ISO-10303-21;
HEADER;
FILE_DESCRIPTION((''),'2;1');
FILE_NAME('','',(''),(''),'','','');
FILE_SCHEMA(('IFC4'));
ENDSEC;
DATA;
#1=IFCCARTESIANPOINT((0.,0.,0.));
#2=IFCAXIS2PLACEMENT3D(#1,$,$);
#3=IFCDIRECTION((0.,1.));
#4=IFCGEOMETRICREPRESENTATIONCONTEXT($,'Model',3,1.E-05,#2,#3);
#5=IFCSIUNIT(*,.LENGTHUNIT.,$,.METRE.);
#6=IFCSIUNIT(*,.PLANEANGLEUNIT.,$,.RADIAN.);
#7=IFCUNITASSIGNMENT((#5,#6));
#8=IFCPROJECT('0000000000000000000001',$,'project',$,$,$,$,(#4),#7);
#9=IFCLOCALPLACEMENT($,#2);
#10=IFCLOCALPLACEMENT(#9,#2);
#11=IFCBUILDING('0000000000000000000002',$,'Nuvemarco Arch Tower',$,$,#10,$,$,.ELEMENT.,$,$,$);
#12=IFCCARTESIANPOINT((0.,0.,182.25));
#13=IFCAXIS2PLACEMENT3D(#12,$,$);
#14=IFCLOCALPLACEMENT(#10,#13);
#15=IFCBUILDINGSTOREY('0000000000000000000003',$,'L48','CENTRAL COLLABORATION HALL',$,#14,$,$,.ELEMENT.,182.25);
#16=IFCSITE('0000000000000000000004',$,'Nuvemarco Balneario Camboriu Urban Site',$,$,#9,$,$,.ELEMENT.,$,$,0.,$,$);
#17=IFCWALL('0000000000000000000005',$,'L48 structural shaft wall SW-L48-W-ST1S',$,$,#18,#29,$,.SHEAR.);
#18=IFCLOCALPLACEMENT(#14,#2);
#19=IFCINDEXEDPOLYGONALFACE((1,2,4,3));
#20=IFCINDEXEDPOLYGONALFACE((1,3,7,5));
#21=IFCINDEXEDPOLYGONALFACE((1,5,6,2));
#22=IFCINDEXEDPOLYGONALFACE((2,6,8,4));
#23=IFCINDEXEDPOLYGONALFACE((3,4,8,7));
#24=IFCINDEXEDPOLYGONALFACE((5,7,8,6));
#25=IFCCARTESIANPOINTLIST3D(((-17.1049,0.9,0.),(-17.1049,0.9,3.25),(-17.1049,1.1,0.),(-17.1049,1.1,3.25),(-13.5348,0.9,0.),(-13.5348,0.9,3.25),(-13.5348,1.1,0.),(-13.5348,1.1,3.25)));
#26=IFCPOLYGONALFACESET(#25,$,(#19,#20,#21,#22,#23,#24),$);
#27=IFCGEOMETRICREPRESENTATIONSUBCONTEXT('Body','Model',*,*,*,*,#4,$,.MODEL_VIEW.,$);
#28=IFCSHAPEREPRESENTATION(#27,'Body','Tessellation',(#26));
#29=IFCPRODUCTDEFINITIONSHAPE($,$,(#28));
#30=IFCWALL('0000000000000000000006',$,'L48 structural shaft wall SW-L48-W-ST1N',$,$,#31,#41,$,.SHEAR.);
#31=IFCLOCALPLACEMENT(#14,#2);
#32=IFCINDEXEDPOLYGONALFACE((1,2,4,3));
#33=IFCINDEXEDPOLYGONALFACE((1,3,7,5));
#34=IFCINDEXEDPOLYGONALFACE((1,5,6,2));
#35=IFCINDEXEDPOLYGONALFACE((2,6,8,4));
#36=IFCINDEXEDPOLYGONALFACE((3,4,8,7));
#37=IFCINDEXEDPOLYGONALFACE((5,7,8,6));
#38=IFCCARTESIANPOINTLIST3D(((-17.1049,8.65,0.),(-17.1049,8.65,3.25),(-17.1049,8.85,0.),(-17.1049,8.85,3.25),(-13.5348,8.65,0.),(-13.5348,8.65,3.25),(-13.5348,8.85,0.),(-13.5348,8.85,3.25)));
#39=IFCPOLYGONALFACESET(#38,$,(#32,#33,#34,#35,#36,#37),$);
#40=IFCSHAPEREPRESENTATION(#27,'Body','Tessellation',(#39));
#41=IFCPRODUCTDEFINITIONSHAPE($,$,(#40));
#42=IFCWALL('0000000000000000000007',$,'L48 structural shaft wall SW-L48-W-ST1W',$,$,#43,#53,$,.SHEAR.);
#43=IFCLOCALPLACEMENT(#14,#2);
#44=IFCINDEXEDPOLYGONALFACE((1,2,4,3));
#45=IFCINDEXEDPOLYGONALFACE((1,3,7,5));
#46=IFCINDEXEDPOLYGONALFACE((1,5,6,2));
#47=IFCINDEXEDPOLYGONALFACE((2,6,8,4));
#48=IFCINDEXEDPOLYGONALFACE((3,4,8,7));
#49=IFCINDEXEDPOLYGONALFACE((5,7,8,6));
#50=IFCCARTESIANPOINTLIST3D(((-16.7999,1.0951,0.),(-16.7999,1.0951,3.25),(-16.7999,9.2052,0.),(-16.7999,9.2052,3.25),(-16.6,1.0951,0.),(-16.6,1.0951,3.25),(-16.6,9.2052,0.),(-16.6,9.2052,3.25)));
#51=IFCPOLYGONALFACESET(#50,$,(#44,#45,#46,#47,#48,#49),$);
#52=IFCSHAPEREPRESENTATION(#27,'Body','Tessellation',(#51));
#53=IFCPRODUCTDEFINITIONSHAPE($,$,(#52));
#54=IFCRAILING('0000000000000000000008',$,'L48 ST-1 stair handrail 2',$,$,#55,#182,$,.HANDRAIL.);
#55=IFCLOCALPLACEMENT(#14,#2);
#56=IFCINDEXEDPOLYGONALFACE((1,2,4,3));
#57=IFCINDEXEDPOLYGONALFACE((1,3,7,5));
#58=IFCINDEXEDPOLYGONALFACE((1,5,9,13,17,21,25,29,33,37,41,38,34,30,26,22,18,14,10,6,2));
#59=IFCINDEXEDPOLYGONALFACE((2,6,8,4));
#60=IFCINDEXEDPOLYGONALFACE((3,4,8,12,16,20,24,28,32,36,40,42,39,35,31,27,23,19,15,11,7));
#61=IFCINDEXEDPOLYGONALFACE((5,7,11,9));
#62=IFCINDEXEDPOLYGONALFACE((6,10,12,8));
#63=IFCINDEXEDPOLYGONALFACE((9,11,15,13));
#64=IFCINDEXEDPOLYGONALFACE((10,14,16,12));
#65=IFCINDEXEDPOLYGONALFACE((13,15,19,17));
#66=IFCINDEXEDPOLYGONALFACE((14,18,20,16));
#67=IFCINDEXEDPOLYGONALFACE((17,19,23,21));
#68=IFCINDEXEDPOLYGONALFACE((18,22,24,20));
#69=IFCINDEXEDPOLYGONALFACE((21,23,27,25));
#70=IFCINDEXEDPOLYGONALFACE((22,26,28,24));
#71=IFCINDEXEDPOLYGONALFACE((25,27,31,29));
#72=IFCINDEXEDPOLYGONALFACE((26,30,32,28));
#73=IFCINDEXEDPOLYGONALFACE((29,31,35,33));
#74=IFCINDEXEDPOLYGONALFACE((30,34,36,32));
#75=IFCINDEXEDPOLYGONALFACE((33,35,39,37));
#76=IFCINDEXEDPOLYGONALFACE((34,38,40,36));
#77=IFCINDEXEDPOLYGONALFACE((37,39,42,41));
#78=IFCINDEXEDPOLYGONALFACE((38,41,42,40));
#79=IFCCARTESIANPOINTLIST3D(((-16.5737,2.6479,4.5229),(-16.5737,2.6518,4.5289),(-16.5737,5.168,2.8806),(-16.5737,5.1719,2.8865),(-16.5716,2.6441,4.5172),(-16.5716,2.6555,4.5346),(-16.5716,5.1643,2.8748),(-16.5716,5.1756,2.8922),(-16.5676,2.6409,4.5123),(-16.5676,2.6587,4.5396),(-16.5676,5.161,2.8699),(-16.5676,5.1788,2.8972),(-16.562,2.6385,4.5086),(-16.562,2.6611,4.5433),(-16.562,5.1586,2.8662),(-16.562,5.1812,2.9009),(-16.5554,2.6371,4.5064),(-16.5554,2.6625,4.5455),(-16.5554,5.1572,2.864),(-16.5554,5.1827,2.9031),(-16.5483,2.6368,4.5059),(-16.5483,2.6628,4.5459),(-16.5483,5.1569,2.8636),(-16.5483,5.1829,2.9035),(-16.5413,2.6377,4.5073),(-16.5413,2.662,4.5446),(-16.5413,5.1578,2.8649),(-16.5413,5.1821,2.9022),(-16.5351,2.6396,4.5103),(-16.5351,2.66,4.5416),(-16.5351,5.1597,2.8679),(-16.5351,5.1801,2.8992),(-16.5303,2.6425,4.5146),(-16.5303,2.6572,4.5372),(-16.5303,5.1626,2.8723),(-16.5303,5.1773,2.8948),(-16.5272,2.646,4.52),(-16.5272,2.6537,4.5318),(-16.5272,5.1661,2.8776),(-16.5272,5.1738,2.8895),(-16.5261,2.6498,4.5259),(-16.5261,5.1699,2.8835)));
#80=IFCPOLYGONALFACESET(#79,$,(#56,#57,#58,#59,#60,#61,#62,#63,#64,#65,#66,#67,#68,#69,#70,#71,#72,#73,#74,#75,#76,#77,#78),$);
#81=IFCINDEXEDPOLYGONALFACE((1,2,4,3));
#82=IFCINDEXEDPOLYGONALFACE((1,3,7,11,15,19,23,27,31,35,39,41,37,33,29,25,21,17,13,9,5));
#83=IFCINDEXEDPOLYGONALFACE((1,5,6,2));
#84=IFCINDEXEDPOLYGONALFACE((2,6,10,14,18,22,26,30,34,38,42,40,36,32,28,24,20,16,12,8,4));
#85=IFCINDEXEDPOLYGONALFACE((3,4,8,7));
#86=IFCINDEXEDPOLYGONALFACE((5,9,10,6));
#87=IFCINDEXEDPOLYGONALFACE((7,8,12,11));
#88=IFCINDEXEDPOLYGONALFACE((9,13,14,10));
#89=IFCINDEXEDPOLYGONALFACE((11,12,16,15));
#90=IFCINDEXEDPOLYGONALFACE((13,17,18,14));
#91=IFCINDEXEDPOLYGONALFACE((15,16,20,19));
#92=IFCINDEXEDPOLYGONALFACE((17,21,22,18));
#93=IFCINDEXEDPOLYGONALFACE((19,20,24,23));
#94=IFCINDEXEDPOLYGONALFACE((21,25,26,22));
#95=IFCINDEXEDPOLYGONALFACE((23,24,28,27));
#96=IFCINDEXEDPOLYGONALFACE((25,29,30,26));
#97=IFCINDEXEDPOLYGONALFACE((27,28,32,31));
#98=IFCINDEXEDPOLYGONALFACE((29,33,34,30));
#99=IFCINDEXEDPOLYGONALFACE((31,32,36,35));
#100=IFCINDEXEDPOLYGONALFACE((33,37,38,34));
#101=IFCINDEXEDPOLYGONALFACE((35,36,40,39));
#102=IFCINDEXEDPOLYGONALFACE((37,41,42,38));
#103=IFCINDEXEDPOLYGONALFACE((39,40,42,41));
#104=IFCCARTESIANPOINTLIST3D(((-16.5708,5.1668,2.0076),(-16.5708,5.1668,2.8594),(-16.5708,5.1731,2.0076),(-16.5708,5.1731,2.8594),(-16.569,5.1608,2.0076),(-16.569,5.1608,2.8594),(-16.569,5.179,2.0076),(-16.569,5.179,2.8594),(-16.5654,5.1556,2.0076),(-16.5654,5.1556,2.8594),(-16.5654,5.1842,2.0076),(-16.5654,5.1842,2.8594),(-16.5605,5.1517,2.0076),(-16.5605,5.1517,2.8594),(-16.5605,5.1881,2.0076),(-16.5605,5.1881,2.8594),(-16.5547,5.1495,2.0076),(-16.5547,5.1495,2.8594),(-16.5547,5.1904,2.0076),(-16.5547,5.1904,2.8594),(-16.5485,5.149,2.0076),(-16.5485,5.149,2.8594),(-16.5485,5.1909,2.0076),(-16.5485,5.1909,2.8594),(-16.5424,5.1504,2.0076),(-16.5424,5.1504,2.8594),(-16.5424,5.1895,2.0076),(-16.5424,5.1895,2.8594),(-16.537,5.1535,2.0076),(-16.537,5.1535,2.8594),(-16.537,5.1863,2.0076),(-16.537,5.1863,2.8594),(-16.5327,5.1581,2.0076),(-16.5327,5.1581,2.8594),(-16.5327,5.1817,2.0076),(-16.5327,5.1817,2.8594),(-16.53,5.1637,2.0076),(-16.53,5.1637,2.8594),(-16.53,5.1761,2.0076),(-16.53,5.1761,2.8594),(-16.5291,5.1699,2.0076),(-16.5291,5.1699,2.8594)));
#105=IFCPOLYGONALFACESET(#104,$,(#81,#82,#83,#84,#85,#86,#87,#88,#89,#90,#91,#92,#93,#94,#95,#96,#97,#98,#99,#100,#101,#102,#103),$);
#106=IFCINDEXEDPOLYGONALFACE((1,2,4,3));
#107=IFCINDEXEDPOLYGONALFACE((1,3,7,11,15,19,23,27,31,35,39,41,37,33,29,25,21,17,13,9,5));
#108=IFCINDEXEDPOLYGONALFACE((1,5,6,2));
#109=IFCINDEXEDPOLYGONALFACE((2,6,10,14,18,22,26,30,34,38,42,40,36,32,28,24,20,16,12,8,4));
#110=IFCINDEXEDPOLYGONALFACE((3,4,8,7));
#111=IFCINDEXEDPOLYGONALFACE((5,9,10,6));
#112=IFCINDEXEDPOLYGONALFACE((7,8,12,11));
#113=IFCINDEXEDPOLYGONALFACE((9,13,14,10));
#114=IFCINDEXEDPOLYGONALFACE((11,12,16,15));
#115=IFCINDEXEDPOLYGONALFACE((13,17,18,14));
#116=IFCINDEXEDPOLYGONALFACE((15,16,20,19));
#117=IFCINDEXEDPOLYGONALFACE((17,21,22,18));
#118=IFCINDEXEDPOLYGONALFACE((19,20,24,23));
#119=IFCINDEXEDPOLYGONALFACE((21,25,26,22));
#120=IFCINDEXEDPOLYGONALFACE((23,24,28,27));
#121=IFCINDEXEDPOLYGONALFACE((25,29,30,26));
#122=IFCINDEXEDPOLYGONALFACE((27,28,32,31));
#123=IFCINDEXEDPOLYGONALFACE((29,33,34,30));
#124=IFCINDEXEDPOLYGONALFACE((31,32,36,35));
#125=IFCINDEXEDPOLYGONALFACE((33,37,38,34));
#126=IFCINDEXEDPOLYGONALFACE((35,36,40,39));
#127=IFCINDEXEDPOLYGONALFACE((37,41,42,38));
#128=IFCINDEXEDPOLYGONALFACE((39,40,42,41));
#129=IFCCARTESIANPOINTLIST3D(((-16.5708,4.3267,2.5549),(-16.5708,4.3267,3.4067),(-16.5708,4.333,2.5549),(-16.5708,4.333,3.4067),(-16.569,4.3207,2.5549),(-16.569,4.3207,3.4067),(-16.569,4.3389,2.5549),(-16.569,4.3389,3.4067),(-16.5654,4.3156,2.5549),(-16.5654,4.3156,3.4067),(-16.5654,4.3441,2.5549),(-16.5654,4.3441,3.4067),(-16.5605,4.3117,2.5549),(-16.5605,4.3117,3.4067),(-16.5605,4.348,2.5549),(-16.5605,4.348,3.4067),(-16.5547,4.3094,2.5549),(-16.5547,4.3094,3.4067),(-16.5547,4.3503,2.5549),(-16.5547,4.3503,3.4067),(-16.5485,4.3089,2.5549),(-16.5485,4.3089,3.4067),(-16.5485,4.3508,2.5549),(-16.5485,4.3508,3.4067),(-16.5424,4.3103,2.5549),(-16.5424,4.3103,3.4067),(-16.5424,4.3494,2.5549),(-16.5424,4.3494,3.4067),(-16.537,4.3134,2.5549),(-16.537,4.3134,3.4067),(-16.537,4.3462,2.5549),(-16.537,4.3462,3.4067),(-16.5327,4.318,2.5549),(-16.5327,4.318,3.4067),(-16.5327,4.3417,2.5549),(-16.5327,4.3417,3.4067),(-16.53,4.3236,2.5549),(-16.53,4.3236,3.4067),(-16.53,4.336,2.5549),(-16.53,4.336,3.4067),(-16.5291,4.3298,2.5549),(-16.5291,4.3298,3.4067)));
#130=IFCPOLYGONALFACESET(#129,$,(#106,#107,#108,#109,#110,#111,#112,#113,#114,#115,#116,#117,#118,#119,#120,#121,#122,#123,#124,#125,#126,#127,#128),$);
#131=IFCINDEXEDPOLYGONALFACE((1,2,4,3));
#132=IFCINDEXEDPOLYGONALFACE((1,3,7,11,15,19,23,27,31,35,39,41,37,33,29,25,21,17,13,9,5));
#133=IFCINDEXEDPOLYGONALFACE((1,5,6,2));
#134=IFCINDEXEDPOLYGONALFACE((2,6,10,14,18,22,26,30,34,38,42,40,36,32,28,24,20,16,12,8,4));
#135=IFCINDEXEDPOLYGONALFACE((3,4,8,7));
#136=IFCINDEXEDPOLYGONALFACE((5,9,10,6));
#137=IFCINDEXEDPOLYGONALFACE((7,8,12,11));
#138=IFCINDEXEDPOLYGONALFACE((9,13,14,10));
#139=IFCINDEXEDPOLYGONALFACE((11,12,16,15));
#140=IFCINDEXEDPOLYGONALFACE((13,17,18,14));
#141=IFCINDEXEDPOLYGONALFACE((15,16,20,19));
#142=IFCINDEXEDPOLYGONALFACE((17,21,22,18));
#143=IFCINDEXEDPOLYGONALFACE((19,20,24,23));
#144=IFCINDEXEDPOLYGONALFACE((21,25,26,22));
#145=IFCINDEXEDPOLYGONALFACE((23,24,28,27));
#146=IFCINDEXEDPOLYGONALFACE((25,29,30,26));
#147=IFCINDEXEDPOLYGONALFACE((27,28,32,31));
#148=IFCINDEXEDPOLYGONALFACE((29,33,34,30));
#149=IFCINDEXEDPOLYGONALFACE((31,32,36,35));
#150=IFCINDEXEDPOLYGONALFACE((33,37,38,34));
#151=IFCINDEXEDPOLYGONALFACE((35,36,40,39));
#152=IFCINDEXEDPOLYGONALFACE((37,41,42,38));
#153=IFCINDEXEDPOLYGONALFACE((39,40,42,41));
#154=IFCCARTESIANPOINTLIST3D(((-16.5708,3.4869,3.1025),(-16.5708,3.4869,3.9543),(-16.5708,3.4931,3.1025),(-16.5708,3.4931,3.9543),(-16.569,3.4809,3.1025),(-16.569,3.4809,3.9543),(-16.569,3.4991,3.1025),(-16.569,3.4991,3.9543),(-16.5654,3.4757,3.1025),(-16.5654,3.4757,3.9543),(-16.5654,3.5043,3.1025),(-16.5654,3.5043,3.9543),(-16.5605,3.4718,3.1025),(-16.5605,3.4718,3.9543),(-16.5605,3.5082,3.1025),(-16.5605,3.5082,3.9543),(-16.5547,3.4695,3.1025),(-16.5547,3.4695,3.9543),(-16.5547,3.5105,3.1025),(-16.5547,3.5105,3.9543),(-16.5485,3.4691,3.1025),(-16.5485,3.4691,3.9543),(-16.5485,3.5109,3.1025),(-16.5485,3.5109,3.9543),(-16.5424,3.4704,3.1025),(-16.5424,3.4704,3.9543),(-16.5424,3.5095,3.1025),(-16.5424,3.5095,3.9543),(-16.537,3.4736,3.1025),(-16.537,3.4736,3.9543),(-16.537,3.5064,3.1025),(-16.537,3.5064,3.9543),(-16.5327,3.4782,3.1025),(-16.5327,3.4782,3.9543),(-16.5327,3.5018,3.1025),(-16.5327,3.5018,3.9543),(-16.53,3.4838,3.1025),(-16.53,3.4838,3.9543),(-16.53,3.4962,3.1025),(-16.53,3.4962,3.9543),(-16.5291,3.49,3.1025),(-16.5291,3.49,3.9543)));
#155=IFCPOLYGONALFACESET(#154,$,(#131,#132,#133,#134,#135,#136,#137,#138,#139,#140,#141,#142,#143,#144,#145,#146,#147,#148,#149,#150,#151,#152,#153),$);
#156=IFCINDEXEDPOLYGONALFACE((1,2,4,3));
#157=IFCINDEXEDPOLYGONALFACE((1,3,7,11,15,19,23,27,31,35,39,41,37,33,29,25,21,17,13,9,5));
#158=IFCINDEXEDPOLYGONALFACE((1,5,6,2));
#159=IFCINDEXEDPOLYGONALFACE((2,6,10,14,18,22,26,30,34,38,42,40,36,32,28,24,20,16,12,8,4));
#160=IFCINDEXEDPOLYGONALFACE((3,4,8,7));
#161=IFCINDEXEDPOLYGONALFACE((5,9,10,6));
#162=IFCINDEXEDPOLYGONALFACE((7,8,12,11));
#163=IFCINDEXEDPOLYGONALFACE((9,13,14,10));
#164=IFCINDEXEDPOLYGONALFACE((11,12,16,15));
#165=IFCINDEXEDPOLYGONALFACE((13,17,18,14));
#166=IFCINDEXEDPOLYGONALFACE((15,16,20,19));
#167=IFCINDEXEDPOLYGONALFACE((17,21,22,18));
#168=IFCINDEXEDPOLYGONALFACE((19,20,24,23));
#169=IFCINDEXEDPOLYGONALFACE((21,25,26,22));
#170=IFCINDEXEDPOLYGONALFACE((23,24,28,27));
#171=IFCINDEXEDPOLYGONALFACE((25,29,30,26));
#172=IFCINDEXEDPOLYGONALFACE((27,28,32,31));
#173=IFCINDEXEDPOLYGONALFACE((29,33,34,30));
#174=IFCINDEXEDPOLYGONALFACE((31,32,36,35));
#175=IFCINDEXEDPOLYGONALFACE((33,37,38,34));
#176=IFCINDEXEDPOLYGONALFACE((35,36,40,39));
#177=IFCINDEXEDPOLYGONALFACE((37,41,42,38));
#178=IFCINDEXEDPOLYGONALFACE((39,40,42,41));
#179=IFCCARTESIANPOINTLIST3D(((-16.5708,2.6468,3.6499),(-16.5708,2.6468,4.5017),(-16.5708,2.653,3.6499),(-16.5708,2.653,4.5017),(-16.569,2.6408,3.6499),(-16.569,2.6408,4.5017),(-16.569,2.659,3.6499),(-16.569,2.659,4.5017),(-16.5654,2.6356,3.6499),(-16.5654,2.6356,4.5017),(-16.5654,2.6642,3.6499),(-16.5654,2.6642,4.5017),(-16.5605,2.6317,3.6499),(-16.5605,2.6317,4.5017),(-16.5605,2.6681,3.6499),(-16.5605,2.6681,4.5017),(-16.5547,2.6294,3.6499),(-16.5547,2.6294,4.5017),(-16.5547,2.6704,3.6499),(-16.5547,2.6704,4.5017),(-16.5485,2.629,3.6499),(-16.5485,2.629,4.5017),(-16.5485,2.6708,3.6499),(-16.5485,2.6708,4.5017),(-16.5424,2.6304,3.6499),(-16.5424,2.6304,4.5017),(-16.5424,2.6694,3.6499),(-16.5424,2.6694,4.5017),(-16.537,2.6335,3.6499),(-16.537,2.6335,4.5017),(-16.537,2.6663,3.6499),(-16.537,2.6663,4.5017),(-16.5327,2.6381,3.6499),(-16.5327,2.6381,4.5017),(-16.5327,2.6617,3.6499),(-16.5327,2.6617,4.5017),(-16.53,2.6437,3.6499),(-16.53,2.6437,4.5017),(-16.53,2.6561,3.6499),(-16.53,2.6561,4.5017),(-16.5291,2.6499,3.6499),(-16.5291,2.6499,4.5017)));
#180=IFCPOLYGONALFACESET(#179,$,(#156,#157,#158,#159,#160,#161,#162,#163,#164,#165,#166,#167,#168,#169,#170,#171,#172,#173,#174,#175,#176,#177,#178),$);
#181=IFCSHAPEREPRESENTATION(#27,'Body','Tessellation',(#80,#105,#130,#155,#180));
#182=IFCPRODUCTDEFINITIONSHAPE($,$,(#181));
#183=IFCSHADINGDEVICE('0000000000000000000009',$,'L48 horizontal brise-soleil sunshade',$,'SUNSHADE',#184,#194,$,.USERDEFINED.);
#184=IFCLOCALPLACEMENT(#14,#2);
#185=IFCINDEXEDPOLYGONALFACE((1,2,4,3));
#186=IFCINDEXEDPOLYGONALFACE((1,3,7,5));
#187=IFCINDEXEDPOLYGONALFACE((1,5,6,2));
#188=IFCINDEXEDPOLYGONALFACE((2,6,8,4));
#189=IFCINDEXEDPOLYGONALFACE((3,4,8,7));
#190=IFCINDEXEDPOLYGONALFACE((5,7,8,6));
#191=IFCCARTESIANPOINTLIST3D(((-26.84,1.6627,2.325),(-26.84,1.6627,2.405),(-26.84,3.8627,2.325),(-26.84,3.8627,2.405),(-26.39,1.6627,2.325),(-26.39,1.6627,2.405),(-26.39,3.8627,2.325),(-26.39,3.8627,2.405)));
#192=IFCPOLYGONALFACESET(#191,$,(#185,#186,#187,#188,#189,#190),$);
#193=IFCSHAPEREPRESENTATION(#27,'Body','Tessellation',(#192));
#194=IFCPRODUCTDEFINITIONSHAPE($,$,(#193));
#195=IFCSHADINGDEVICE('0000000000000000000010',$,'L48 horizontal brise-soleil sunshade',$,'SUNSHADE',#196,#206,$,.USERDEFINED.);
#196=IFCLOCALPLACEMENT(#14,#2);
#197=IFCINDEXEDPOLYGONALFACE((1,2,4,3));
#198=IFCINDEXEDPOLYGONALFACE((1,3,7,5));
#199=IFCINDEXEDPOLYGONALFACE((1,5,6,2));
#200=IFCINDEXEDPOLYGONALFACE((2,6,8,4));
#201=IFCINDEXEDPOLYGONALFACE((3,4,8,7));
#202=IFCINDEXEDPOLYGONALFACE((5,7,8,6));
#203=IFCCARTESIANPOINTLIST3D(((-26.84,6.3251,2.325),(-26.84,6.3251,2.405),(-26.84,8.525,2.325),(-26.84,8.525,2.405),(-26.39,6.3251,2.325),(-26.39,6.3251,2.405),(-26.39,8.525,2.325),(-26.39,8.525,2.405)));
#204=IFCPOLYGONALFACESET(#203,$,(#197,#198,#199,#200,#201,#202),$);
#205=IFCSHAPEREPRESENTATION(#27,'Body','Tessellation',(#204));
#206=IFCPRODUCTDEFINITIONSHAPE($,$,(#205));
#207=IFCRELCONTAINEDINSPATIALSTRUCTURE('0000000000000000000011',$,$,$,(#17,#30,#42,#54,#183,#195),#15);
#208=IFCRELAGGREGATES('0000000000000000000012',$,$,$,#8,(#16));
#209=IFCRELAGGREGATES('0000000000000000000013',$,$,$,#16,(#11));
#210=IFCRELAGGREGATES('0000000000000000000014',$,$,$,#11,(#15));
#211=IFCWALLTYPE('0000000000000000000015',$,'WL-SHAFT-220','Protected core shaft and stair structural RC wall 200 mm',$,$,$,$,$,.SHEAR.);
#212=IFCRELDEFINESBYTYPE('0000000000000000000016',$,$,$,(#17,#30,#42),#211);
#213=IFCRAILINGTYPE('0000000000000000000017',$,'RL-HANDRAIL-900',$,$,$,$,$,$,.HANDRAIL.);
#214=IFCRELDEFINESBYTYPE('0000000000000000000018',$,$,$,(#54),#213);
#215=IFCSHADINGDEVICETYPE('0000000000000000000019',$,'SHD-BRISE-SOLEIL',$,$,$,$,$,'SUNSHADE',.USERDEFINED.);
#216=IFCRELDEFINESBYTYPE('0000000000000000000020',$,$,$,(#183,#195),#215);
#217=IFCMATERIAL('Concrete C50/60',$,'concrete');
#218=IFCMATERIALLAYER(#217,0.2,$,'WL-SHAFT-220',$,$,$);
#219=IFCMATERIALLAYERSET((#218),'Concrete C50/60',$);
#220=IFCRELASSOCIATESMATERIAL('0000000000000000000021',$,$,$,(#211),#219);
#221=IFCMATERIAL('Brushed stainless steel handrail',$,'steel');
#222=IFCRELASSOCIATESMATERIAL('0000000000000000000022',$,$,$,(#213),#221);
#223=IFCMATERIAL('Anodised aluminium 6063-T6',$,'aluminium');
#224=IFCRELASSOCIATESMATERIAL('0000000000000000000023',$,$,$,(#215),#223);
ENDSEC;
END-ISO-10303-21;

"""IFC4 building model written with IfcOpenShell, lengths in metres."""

from ifc_helpers import new_model, si_unit, direction, frame, frame_2d, origin, origin_2d, place, context, subcontext, project, spatial, rectangle, circle, extrude, source, transform, mapped, material, layer, layer_set, type_object, type_shapes, element, save


model = new_model("IFC4")

# Units and contexts
model_context = context("Model", 3, precision=1e-05, world=origin(), true_north=direction((0.0, 1.0)))
body_context = subcontext(model_context, "Body", "Model", "MODEL_VIEW")
ifc_project = project(units=[si_unit("LENGTHUNIT", "METRE"), si_unit("PLANEANGLEUNIT", "RADIAN")], contexts=[model_context])

# Site, building, storey
site_placement = place(None, origin())
site = spatial("IfcSite", under=ifc_project, at=site_placement, Name="Nuvemarco Balneario Camboriu Urban Site", CompositionType="ELEMENT", RefElevation=0.0)
building_placement = place(site_placement, origin())
building = spatial("IfcBuilding", under=site, at=building_placement, Name="Nuvemarco Arch Tower", CompositionType="ELEMENT")
storey_placement = place(building_placement, frame((0.0, 0.0, 182.25)))
storey = spatial("IfcBuildingStorey", under=building, at=storey_placement, Name="L48", Description="CENTRAL COLLABORATION HALL", CompositionType="ELEMENT", Elevation=182.25)

# Shared definitions
ifc_material_1 = material(Name="Concrete C50/60", Category="concrete")

# Walls
ifc_layer_1 = layer(ifc_material_1, 0.2, Name="WL-SHAFT-220")
ifc_layer_set_1 = layer_set([ifc_layer_1], Name="Concrete C50/60")
wall_type_1 = type_object("IfcWallType", Name="WL-SHAFT-220", Description="Protected core shaft and stair structural RC wall 200 mm", PredefinedType="SHEAR", material=ifc_layer_set_1)
for number, where, z_axis, x_axis, name in (
    (1, (-17.105, 1.0, 0.0), (0.0, 0.0, 1.0), (1.0, 0.0, 0.0), "L48 structural shaft wall SW-L48-W-ST1S"),
    (2, (-17.105, 8.75, 0.0), (0.0, 0.0, 1.0), (1.0, 0.0, 0.0), "L48 structural shaft wall SW-L48-W-ST1N"),
):
    element("IfcWall", number, at=place(storey_placement, frame(where, z_axis=z_axis, x_axis=x_axis)), inside=storey, type_object=wall_type_1, Name=name, PredefinedType="SHEAR", context=body_context, shape_type="SweptSolid", body=[
        extrude(rectangle(XDim=3.5701, YDim=0.2, at=frame_2d((1.7852, 0.0))), origin(), (0.0, 0.0, 1.0), 3.25),
    ])
wall_1_placement = place(storey_placement, frame((-16.7, 1.095, 0.0), z_axis=(0.0, 0.0, 1.0), x_axis=(0.0, 1.0, 0.0)))
element("IfcWall", 3, at=wall_1_placement, inside=storey, type_object=wall_type_1, Name="L48 structural shaft wall SW-L48-W-ST1W", PredefinedType="SHEAR", context=body_context, shape_type="SweptSolid", body=[
    extrude(rectangle(XDim=8.1101, YDim=0.2, at=frame_2d((4.0552, 0.0))), origin(), (0.0, 0.0, 1.0), 3.25),
])

# Railing
ifc_material_2 = material(Name="Brushed stainless steel handrail", Category="steel")
railing_type = type_object("IfcRailingType", Name="RL-HANDRAIL-900", PredefinedType="HANDRAIL", material=ifc_material_2)
railing_placement = place(storey_placement, frame((-16.55, 5.1699, 2.0076)))
element("IfcRailing", 4, at=railing_placement, inside=storey, type_object=railing_type, Name="L48 ST-1 stair handrail 2", PredefinedType="HANDRAIL", context=body_context, shape_type="SweptSolid", body=[
    extrude(circle(Radius=0.0239, at=origin_2d()), frame((0.0, 0.0, 0.876), z_axis=(0.0, -0.837787, 0.545998), x_axis=(1.0, 0.0, 0.0)), (0.0, 0.0, 1.0), 3.0081),
    extrude(circle(Radius=0.021, at=origin_2d()), origin(), (0.0, 0.0, 1.0), 0.8518),
    extrude(circle(Radius=0.021, at=origin_2d()), frame((0.0, -0.8401, 0.5474)), (0.0, 0.0, 1.0), 0.8518),
    extrude(circle(Radius=0.021, at=origin_2d()), frame((0.0, -1.6799, 1.095)), (0.0, 0.0, 1.0), 0.8518),
    extrude(circle(Radius=0.021, at=origin_2d()), frame((0.0, -2.52, 1.6423)), (0.0, 0.0, 1.0), 0.8518),
])

# Shading devices
ifc_material_3 = material(Name="Anodised aluminium 6063-T6", Category="aluminium")
shading_device_type = type_object("IfcShadingDeviceType", Name="SHD-BRISE-SOLEIL", ElementType="SUNSHADE", PredefinedType="USERDEFINED", material=ifc_material_3)
shared_shape = source(origin(), body_context, "Body", "SweptSolid", [
    extrude(rectangle(XDim=2.2, YDim=0.45, at=origin_2d()), origin(), (0.0, 0.0, 1.0), 0.0801),
])
type_shapes(shading_device_type, [shared_shape])
for number, where, z_axis, x_axis, name in (
    (5, (-26.615, 2.7627, 2.325), (0.0, 0.0, 1.0), (0.0, 1.0, 0.0), "L48 horizontal brise-soleil sunshade"),
    (6, (-26.615, 7.425, 2.325), (0.0, 0.0, 1.0), (0.0, 1.0, 0.0), "L48 horizontal brise-soleil sunshade"),
):
    element("IfcShadingDevice", number, at=place(storey_placement, frame(where, z_axis=z_axis, x_axis=x_axis)), inside=storey, type_object=shading_device_type, Name=name, ObjectType="SUNSHADE", PredefinedType="USERDEFINED", context=body_context, shape_type="MappedRepresentation", body=[
        mapped(shared_shape, transform((0.0, 0.0, 0.0), scale=1.0)),
    ])

save(model, "model.ifc")
